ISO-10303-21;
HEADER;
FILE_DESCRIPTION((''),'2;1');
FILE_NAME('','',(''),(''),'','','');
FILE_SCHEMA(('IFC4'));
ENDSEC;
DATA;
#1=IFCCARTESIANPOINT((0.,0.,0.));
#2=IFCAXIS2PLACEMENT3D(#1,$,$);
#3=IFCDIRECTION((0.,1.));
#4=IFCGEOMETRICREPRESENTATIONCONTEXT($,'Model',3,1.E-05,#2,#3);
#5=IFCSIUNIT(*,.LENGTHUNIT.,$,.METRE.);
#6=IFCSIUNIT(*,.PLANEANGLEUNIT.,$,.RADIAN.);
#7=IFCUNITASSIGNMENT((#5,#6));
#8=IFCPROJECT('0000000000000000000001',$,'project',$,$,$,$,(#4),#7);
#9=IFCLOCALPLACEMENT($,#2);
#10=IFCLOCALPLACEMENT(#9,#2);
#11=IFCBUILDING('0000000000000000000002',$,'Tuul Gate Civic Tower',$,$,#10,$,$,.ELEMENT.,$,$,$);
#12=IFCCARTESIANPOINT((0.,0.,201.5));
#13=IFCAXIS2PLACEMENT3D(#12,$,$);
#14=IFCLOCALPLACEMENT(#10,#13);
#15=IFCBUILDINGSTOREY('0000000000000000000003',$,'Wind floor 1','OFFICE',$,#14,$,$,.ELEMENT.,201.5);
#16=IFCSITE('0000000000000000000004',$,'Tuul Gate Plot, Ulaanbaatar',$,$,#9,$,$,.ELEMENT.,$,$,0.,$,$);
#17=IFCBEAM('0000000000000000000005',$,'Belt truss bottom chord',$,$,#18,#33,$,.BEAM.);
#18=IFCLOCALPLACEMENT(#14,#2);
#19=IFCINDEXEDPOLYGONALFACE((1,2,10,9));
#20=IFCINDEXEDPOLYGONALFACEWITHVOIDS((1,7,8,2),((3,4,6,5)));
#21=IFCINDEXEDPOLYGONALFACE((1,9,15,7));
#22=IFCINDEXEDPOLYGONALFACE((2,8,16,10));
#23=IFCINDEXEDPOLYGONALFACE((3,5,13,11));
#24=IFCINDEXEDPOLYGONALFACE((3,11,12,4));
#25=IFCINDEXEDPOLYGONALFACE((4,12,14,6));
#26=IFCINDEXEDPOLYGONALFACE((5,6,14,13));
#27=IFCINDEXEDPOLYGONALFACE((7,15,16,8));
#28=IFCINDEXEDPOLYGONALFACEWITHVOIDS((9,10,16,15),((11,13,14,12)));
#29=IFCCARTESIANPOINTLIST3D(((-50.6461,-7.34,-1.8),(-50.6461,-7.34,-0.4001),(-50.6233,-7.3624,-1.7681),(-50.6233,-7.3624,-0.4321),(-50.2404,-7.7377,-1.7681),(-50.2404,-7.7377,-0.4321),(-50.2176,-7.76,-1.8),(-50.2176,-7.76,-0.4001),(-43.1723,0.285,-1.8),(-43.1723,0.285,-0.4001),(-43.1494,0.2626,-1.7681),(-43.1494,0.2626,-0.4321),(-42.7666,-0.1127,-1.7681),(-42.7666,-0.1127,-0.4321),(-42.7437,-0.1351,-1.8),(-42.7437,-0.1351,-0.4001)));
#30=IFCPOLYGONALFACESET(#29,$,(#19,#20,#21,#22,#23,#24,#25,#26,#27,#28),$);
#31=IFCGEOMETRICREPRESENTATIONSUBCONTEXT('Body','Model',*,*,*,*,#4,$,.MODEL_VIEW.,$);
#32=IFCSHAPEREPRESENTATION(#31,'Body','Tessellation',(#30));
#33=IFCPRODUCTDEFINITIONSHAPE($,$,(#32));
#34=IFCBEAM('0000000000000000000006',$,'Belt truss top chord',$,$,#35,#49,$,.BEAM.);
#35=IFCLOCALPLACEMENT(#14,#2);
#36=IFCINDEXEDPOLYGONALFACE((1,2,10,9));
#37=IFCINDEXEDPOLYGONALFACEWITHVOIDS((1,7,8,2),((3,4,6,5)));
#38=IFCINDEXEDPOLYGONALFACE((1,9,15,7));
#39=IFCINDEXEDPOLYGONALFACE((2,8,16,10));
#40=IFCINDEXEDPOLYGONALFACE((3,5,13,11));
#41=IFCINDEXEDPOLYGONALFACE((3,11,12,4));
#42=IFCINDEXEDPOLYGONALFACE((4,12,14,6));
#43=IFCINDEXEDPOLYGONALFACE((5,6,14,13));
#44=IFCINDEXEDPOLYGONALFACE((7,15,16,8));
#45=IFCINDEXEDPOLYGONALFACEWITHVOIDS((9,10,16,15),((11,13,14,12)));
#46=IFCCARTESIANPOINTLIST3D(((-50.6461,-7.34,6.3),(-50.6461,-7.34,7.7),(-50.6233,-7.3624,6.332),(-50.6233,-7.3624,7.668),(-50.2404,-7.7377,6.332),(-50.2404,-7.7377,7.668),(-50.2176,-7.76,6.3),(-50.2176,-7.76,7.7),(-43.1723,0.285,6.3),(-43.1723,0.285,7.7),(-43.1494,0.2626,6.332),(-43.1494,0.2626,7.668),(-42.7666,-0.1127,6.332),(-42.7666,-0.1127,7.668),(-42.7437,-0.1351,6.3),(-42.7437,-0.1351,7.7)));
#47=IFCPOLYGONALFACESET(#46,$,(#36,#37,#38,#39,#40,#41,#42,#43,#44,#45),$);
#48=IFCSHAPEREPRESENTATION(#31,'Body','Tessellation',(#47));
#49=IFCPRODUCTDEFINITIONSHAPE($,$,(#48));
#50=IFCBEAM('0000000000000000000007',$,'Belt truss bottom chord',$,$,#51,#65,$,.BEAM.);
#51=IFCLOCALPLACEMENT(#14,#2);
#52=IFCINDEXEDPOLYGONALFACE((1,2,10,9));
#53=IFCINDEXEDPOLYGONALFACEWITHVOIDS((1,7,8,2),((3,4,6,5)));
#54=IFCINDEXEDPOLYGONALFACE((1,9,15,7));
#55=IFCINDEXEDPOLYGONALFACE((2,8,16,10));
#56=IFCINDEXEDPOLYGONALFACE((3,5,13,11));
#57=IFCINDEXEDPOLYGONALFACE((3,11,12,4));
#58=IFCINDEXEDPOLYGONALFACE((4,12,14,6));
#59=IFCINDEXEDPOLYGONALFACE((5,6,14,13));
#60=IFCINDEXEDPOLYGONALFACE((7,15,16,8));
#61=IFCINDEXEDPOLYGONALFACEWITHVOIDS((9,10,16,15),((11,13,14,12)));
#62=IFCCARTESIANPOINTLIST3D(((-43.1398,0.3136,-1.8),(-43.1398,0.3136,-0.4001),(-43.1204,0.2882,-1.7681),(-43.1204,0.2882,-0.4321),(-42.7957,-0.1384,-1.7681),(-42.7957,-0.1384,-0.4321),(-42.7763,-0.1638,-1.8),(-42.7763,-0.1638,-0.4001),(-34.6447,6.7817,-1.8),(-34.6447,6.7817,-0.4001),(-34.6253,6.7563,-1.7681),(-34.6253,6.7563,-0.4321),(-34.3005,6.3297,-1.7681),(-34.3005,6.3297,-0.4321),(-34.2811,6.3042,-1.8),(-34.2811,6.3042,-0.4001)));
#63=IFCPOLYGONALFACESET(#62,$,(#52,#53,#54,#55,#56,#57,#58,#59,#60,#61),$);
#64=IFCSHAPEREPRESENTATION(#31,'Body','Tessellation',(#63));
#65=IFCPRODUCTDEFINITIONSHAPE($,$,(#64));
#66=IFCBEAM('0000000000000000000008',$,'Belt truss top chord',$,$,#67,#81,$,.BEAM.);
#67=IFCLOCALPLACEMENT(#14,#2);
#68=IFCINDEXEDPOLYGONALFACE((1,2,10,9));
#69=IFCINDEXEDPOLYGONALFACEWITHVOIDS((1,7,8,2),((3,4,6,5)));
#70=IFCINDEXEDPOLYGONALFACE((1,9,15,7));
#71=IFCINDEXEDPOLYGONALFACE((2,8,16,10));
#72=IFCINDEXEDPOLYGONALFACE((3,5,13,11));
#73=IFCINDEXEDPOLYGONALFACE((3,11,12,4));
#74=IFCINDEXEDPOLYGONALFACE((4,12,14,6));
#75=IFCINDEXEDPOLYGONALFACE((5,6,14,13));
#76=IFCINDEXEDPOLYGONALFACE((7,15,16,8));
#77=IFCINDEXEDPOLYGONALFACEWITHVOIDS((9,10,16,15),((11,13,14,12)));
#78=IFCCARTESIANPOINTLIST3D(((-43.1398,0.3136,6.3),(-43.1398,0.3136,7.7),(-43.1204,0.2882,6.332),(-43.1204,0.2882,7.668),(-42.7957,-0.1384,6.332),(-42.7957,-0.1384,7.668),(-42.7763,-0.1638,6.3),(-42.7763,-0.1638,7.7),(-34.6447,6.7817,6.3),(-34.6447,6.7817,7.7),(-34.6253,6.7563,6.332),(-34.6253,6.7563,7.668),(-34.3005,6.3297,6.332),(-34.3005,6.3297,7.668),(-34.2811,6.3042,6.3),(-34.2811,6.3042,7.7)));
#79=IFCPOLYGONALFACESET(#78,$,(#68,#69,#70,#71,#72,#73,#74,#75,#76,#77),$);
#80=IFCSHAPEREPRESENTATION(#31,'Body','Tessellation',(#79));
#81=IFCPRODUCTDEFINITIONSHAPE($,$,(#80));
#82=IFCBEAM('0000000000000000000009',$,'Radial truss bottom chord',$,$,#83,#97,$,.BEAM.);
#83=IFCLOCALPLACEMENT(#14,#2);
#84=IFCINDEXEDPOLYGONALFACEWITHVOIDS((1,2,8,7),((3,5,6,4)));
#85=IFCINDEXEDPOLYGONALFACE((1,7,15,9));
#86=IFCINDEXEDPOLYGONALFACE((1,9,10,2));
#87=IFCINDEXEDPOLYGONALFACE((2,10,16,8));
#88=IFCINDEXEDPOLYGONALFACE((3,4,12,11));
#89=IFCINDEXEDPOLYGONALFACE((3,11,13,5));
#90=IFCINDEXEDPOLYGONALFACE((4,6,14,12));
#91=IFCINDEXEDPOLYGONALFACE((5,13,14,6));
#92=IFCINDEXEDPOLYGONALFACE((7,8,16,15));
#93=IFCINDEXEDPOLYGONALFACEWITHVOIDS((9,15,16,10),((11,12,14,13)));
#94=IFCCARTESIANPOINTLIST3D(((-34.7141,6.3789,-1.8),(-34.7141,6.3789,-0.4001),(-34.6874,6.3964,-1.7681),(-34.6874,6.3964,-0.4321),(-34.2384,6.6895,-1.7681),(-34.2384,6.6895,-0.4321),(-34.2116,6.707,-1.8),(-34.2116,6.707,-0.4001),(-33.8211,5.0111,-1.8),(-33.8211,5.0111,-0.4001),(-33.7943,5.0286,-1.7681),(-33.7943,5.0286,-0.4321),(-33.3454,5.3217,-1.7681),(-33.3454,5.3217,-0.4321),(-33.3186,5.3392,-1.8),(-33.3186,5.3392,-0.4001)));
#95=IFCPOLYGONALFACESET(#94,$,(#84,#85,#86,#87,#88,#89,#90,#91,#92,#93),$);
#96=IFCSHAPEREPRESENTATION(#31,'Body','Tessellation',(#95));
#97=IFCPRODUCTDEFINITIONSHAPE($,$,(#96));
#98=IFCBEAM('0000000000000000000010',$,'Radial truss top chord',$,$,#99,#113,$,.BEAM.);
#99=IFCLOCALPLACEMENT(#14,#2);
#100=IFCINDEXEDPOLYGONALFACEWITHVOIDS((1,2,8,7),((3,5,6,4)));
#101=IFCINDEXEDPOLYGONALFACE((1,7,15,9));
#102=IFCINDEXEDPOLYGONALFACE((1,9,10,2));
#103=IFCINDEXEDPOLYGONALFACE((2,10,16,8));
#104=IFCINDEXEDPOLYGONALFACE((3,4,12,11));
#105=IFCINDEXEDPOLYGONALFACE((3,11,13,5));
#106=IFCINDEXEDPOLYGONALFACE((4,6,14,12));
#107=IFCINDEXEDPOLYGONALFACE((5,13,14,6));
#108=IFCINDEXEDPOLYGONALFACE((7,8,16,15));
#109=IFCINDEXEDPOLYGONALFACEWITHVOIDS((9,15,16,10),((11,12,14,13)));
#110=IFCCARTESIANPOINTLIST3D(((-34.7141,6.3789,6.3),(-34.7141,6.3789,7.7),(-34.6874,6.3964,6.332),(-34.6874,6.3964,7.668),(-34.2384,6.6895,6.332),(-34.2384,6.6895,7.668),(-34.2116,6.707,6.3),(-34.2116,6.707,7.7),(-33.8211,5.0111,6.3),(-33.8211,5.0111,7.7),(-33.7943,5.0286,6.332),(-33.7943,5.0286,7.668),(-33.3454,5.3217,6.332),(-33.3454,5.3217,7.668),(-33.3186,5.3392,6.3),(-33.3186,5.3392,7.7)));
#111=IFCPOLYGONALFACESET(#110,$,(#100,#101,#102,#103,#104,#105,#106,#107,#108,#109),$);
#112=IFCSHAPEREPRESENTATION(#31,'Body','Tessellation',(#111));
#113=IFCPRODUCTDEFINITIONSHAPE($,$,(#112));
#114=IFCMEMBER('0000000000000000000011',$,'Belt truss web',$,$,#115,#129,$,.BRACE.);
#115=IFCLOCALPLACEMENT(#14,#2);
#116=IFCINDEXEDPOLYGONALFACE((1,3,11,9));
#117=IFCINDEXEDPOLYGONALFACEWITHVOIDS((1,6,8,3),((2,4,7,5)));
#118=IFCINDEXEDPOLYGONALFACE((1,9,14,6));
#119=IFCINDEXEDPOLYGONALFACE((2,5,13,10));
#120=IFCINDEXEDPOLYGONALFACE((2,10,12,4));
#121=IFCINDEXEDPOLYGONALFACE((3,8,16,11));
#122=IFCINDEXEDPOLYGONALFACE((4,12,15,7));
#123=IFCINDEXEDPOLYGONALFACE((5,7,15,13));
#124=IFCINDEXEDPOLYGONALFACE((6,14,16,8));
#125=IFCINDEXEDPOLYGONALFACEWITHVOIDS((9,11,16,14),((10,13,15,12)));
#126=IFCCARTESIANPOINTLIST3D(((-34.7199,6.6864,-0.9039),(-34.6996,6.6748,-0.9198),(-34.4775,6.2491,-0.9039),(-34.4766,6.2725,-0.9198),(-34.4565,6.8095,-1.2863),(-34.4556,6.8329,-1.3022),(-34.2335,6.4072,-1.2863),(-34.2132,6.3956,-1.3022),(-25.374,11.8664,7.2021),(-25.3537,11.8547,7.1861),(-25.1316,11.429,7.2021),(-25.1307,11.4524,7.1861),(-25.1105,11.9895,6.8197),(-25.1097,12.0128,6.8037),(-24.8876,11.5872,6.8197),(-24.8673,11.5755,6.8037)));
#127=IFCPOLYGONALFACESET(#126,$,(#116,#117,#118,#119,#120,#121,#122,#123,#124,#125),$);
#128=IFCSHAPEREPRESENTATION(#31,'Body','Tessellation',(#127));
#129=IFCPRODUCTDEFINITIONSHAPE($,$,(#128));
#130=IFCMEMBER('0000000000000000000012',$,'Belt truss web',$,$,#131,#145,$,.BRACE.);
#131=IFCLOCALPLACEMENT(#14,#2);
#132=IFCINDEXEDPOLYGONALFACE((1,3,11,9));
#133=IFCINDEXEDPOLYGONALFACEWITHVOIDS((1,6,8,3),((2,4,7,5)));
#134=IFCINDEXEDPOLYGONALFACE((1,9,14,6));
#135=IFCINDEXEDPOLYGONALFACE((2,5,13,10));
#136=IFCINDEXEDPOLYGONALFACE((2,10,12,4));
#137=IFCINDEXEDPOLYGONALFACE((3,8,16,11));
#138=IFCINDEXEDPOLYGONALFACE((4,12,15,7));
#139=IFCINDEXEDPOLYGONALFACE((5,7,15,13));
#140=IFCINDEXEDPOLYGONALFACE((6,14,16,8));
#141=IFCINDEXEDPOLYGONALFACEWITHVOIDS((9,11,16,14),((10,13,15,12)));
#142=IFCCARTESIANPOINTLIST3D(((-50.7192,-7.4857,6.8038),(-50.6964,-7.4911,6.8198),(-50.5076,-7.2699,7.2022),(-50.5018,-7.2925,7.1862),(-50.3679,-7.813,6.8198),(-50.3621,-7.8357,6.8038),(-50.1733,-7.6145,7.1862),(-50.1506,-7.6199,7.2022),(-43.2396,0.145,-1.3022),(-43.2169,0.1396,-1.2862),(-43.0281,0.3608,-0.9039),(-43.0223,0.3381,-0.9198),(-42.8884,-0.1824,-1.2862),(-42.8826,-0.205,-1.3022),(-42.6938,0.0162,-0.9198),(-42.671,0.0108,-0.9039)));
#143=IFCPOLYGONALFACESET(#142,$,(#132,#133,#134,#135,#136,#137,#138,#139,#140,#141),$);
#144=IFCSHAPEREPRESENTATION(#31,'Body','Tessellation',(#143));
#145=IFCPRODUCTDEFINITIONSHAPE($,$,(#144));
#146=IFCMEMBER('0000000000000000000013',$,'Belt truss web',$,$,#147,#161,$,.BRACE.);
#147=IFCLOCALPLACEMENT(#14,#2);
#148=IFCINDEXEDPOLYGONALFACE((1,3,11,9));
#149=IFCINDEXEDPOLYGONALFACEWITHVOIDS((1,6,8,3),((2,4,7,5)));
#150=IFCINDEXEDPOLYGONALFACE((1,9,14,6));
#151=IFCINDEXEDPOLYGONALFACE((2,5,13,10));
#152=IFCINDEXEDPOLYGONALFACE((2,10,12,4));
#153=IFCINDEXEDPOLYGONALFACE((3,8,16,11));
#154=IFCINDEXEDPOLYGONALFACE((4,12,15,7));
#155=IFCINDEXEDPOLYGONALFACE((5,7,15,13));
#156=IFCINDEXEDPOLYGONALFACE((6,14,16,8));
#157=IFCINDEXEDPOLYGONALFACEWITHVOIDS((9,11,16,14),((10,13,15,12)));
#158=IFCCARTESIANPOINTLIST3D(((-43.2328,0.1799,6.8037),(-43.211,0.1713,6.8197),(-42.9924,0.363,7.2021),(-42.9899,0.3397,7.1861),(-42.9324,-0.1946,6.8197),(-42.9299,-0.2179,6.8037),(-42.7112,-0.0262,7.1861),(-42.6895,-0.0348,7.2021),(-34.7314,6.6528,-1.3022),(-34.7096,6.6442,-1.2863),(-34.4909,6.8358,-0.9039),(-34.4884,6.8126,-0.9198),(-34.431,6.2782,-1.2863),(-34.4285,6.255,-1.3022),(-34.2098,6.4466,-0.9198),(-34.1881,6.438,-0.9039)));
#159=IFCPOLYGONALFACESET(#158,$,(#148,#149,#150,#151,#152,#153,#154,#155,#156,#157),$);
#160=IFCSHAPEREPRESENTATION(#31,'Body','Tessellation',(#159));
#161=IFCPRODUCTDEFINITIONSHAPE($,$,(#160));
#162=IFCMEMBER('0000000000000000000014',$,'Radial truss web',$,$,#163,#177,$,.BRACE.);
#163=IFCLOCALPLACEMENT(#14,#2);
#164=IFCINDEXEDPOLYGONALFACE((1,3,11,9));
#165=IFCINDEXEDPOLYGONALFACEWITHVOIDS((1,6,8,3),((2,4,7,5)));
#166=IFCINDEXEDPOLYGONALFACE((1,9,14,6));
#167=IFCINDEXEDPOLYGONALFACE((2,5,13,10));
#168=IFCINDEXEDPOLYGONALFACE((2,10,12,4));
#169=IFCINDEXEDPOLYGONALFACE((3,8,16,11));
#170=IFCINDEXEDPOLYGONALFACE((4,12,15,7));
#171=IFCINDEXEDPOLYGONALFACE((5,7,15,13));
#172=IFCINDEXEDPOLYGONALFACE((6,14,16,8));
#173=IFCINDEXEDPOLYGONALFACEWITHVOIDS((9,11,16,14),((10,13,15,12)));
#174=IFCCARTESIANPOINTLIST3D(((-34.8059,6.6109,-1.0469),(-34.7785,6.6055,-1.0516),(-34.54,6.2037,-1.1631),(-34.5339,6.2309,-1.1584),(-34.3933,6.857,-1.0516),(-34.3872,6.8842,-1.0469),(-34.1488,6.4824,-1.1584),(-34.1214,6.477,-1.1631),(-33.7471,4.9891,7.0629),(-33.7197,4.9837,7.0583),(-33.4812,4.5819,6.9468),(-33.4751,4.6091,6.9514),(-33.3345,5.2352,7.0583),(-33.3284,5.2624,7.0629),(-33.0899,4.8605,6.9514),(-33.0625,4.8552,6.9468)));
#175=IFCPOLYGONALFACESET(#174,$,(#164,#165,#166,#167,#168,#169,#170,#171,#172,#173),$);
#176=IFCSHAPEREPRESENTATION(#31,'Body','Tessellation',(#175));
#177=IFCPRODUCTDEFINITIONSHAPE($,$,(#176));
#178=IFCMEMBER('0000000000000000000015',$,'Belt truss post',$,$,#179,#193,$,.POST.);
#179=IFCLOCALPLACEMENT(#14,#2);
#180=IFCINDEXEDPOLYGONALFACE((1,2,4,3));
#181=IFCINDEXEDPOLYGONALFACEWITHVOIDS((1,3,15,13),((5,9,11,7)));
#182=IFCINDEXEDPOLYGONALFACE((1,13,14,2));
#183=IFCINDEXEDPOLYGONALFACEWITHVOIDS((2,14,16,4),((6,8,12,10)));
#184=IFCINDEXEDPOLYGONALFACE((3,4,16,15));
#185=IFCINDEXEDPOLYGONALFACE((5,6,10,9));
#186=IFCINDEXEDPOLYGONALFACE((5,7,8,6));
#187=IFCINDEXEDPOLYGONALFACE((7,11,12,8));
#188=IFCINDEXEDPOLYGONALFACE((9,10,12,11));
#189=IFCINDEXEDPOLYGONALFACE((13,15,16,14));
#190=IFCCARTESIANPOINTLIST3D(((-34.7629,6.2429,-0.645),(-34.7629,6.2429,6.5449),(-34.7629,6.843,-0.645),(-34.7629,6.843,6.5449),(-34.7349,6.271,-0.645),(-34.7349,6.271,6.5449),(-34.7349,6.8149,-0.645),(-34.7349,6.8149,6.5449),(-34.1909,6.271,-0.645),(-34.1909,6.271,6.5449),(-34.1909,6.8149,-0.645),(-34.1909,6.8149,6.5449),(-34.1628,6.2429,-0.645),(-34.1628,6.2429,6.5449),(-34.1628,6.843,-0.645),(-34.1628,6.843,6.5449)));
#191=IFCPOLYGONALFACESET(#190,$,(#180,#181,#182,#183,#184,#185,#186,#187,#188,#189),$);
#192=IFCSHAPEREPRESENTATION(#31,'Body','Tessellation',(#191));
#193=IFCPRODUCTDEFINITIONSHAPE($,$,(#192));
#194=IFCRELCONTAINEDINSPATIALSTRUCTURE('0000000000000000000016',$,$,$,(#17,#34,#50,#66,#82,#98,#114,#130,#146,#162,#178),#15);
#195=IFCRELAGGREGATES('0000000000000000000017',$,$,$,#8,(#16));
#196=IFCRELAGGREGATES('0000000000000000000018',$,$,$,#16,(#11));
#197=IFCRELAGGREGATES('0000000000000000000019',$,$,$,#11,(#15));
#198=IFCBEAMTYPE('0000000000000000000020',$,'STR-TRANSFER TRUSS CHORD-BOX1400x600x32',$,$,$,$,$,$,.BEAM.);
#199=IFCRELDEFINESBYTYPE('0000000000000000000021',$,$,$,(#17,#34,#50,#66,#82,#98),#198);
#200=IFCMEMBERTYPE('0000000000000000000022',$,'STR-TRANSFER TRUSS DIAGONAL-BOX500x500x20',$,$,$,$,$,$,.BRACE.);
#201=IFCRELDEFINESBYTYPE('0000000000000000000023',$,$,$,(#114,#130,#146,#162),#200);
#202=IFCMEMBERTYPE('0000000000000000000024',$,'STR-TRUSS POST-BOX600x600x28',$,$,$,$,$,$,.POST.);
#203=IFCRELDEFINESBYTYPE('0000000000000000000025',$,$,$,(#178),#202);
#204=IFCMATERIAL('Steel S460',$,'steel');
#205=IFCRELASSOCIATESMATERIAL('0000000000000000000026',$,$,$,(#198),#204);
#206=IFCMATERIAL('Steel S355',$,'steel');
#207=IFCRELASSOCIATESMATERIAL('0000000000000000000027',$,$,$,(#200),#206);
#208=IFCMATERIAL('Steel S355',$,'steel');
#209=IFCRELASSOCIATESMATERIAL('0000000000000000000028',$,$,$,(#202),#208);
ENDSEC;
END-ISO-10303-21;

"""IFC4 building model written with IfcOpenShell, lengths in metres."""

from ifc_helpers import new_model, si_unit, direction, frame, origin, origin_2d, place, context, subcontext, project, spatial, hollow_rectangle, extrude, material, material_profile, profile_set, type_object, element, save


model = new_model("IFC4")

# Units and contexts
model_context = context("Model", 3, precision=1e-05, world=origin(), true_north=direction((0.0, 1.0)))
body_context = subcontext(model_context, "Body", "Model", "MODEL_VIEW")
ifc_project = project(units=[si_unit("LENGTHUNIT", "METRE"), si_unit("PLANEANGLEUNIT", "RADIAN")], contexts=[model_context])

# Site, building, storey
site_placement = place(None, origin())
site = spatial("IfcSite", under=ifc_project, at=site_placement, Name="Tuul Gate Plot, Ulaanbaatar", CompositionType="ELEMENT", RefElevation=0.0)
building_placement = place(site_placement, origin())
building = spatial("IfcBuilding", under=site, at=building_placement, Name="Tuul Gate Civic Tower", CompositionType="ELEMENT")
storey_placement = place(building_placement, frame((0.0, 0.0, 201.5)))
storey = spatial("IfcBuildingStorey", under=building, at=storey_placement, Name="Wind floor 1", Description="OFFICE", CompositionType="ELEMENT", Elevation=201.5)

# Beams
ifc_material_1 = material(Name="Steel S460", Category="steel")
ifc_material_profile_1 = material_profile(ifc_material_1, hollow_rectangle(XDim=0.6001, YDim=1.3999, WallThickness=0.032, at=origin_2d()), Name="BOX1400x600x32")
ifc_profile_set_1 = profile_set([ifc_material_profile_1], Name="Steel S460")
beam_type = type_object("IfcBeamType", Name="STR-TRANSFER TRUSS CHORD-BOX1400x600x32", PredefinedType="BEAM", material=ifc_profile_set_1)
for number, where, z_axis, x_axis, name in (
    (1, (-42.958, 0.075, -1.1001), (-0.699994, -0.714148, 0.0), (0.714148, -0.699994, 0.0), "Belt truss bottom chord"),
    (2, (-42.958, 0.075, 7.0), (-0.699994, -0.714148, 0.0), (0.714148, -0.699994, 0.0), "Belt truss top chord"),
):
    element("IfcBeam", number, at=place(storey_placement, frame(where, z_axis=z_axis, x_axis=x_axis)), inside=storey, type_object=beam_type, Name=name, PredefinedType="BEAM", context=body_context, shape_type="SweptSolid", body=[
        extrude(hollow_rectangle(XDim=0.6001, YDim=1.3999, WallThickness=0.032, at=origin_2d()), origin(), (0.0, 0.0, 1.0), 10.677),
    ])
for number, where, z_axis, x_axis, name in (
    (3, (-34.4629, 6.543, -1.1001), (-0.795633, -0.605779, 0.0), (0.605779, -0.795633, 0.0), "Belt truss bottom chord"),
    (4, (-34.4629, 6.543, 7.0), (-0.795633, -0.605779, 0.0), (0.605779, -0.795633, 0.0), "Belt truss top chord"),
):
    element("IfcBeam", number, at=place(storey_placement, frame(where, z_axis=z_axis, x_axis=x_axis)), inside=storey, type_object=beam_type, Name=name, PredefinedType="BEAM", context=body_context, shape_type="SweptSolid", body=[
        extrude(hollow_rectangle(XDim=0.6001, YDim=1.3999, WallThickness=0.032, at=origin_2d()), origin(), (0.0, 0.0, 1.0), 10.6772),
    ])
for number, where, z_axis, x_axis, name in (
    (5, (-34.4629, 6.543, -1.1001), (0.546673, -0.837346, 0.0), (0.837346, 0.546673, 0.0), "Radial truss bottom chord"),
    (6, (-34.4629, 6.543, 7.0), (0.546673, -0.837346, 0.0), (0.837346, 0.546673, 0.0), "Radial truss top chord"),
):
    element("IfcBeam", number, at=place(storey_placement, frame(where, z_axis=z_axis, x_axis=x_axis)), inside=storey, type_object=beam_type, Name=name, PredefinedType="BEAM", context=body_context, shape_type="SweptSolid", body=[
        extrude(hollow_rectangle(XDim=0.6001, YDim=1.3999, WallThickness=0.032, at=origin_2d()), origin(), (0.0, 0.0, 1.0), 1.6335),
    ])

# Members
ifc_material_2 = material(Name="Steel S355", Category="steel")
ifc_material_profile_2 = material_profile(ifc_material_2, hollow_rectangle(XDim=0.5, YDim=0.5, WallThickness=0.02, at=origin_2d()), Name="BOX500x500x20")
ifc_profile_set_2 = profile_set([ifc_material_profile_2], Name="Steel S355")
member_type_1 = type_object("IfcMemberType", Name="STR-TRANSFER TRUSS DIAGONAL-BOX500x500x20", PredefinedType="BRACE", material=ifc_profile_set_2)
member_1_placement = place(storey_placement, frame((-34.4666, 6.541, -1.103), z_axis=(0.696828, 0.386213, 0.604376), x_axis=(-0.484766, 0.874644, 0.0)))
element("IfcMember", 7, at=member_1_placement, inside=storey, type_object=member_type_1, Name="Belt truss web", PredefinedType="BRACE", context=body_context, shape_type="SweptSolid", body=[
    extrude(hollow_rectangle(XDim=0.5, YDim=0.5, WallThickness=0.02, at=origin_2d()), origin(), (0.0, 0.0, 1.0), 13.4121),
])
for number, where, z_axis, x_axis, name in (
    (8, (-42.9553, 0.0779, -1.103), (-0.557681, -0.568949, 0.604391), (0.714143, -0.7, 0.0), "Belt truss web"),
    (9, (-34.4597, 6.5454, -1.103), (-0.633873, -0.482623, 0.604384), (0.605782, -0.79563, 0.0), "Belt truss web"),
):
    element("IfcMember", number, at=place(storey_placement, frame(where, z_axis=z_axis, x_axis=x_axis)), inside=storey, type_object=member_type_1, Name=name, PredefinedType="BRACE", context=body_context, shape_type="SweptSolid", body=[
        extrude(hollow_rectangle(XDim=0.5, YDim=0.5, WallThickness=0.02, at=origin_2d()), origin(), (0.0, 0.0, 1.0), 13.4119),
    ])
member_2_placement = place(storey_placement, frame((-34.4636, 6.5439, -1.105), z_axis=(0.12699, -0.194511, 0.972645), x_axis=(0.837345, 0.546675, 0.0)))
element("IfcMember", 10, at=member_2_placement, inside=storey, type_object=member_type_1, Name="Radial truss web", PredefinedType="BRACE", context=body_context, shape_type="SweptSolid", body=[
    extrude(hollow_rectangle(XDim=0.5, YDim=0.5, WallThickness=0.02, at=origin_2d()), origin(), (0.0, 0.0, 1.0), 8.3379),
])
ifc_material_3 = material(Name="Steel S355", Category="steel")
ifc_material_profile_3 = material_profile(ifc_material_3, hollow_rectangle(XDim=0.6001, YDim=0.6001, WallThickness=0.0281, at=origin_2d()), Name="BOX600x600x28")
ifc_profile_set_3 = profile_set([ifc_material_profile_3], Name="Steel S355")
member_type_2 = type_object("IfcMemberType", Name="STR-TRUSS POST-BOX600x600x28", PredefinedType="POST", material=ifc_profile_set_3)
for number, where, z_axis, x_axis, name in (
    (11, (-34.4629, 6.543, -0.645), (0.0, 0.0, 1.0), (1.0, 0.0, 0.0), "Belt truss post"),
):
    element("IfcMember", number, at=place(storey_placement, frame(where, z_axis=z_axis, x_axis=x_axis)), inside=storey, type_object=member_type_2, Name=name, PredefinedType="POST", context=body_context, shape_type="SweptSolid", body=[
        extrude(hollow_rectangle(XDim=0.6001, YDim=0.6001, WallThickness=0.0281, at=origin_2d()), origin(), (0.0, 0.0, 1.0), 7.1899),
    ])

save(model, "model.ifc")
